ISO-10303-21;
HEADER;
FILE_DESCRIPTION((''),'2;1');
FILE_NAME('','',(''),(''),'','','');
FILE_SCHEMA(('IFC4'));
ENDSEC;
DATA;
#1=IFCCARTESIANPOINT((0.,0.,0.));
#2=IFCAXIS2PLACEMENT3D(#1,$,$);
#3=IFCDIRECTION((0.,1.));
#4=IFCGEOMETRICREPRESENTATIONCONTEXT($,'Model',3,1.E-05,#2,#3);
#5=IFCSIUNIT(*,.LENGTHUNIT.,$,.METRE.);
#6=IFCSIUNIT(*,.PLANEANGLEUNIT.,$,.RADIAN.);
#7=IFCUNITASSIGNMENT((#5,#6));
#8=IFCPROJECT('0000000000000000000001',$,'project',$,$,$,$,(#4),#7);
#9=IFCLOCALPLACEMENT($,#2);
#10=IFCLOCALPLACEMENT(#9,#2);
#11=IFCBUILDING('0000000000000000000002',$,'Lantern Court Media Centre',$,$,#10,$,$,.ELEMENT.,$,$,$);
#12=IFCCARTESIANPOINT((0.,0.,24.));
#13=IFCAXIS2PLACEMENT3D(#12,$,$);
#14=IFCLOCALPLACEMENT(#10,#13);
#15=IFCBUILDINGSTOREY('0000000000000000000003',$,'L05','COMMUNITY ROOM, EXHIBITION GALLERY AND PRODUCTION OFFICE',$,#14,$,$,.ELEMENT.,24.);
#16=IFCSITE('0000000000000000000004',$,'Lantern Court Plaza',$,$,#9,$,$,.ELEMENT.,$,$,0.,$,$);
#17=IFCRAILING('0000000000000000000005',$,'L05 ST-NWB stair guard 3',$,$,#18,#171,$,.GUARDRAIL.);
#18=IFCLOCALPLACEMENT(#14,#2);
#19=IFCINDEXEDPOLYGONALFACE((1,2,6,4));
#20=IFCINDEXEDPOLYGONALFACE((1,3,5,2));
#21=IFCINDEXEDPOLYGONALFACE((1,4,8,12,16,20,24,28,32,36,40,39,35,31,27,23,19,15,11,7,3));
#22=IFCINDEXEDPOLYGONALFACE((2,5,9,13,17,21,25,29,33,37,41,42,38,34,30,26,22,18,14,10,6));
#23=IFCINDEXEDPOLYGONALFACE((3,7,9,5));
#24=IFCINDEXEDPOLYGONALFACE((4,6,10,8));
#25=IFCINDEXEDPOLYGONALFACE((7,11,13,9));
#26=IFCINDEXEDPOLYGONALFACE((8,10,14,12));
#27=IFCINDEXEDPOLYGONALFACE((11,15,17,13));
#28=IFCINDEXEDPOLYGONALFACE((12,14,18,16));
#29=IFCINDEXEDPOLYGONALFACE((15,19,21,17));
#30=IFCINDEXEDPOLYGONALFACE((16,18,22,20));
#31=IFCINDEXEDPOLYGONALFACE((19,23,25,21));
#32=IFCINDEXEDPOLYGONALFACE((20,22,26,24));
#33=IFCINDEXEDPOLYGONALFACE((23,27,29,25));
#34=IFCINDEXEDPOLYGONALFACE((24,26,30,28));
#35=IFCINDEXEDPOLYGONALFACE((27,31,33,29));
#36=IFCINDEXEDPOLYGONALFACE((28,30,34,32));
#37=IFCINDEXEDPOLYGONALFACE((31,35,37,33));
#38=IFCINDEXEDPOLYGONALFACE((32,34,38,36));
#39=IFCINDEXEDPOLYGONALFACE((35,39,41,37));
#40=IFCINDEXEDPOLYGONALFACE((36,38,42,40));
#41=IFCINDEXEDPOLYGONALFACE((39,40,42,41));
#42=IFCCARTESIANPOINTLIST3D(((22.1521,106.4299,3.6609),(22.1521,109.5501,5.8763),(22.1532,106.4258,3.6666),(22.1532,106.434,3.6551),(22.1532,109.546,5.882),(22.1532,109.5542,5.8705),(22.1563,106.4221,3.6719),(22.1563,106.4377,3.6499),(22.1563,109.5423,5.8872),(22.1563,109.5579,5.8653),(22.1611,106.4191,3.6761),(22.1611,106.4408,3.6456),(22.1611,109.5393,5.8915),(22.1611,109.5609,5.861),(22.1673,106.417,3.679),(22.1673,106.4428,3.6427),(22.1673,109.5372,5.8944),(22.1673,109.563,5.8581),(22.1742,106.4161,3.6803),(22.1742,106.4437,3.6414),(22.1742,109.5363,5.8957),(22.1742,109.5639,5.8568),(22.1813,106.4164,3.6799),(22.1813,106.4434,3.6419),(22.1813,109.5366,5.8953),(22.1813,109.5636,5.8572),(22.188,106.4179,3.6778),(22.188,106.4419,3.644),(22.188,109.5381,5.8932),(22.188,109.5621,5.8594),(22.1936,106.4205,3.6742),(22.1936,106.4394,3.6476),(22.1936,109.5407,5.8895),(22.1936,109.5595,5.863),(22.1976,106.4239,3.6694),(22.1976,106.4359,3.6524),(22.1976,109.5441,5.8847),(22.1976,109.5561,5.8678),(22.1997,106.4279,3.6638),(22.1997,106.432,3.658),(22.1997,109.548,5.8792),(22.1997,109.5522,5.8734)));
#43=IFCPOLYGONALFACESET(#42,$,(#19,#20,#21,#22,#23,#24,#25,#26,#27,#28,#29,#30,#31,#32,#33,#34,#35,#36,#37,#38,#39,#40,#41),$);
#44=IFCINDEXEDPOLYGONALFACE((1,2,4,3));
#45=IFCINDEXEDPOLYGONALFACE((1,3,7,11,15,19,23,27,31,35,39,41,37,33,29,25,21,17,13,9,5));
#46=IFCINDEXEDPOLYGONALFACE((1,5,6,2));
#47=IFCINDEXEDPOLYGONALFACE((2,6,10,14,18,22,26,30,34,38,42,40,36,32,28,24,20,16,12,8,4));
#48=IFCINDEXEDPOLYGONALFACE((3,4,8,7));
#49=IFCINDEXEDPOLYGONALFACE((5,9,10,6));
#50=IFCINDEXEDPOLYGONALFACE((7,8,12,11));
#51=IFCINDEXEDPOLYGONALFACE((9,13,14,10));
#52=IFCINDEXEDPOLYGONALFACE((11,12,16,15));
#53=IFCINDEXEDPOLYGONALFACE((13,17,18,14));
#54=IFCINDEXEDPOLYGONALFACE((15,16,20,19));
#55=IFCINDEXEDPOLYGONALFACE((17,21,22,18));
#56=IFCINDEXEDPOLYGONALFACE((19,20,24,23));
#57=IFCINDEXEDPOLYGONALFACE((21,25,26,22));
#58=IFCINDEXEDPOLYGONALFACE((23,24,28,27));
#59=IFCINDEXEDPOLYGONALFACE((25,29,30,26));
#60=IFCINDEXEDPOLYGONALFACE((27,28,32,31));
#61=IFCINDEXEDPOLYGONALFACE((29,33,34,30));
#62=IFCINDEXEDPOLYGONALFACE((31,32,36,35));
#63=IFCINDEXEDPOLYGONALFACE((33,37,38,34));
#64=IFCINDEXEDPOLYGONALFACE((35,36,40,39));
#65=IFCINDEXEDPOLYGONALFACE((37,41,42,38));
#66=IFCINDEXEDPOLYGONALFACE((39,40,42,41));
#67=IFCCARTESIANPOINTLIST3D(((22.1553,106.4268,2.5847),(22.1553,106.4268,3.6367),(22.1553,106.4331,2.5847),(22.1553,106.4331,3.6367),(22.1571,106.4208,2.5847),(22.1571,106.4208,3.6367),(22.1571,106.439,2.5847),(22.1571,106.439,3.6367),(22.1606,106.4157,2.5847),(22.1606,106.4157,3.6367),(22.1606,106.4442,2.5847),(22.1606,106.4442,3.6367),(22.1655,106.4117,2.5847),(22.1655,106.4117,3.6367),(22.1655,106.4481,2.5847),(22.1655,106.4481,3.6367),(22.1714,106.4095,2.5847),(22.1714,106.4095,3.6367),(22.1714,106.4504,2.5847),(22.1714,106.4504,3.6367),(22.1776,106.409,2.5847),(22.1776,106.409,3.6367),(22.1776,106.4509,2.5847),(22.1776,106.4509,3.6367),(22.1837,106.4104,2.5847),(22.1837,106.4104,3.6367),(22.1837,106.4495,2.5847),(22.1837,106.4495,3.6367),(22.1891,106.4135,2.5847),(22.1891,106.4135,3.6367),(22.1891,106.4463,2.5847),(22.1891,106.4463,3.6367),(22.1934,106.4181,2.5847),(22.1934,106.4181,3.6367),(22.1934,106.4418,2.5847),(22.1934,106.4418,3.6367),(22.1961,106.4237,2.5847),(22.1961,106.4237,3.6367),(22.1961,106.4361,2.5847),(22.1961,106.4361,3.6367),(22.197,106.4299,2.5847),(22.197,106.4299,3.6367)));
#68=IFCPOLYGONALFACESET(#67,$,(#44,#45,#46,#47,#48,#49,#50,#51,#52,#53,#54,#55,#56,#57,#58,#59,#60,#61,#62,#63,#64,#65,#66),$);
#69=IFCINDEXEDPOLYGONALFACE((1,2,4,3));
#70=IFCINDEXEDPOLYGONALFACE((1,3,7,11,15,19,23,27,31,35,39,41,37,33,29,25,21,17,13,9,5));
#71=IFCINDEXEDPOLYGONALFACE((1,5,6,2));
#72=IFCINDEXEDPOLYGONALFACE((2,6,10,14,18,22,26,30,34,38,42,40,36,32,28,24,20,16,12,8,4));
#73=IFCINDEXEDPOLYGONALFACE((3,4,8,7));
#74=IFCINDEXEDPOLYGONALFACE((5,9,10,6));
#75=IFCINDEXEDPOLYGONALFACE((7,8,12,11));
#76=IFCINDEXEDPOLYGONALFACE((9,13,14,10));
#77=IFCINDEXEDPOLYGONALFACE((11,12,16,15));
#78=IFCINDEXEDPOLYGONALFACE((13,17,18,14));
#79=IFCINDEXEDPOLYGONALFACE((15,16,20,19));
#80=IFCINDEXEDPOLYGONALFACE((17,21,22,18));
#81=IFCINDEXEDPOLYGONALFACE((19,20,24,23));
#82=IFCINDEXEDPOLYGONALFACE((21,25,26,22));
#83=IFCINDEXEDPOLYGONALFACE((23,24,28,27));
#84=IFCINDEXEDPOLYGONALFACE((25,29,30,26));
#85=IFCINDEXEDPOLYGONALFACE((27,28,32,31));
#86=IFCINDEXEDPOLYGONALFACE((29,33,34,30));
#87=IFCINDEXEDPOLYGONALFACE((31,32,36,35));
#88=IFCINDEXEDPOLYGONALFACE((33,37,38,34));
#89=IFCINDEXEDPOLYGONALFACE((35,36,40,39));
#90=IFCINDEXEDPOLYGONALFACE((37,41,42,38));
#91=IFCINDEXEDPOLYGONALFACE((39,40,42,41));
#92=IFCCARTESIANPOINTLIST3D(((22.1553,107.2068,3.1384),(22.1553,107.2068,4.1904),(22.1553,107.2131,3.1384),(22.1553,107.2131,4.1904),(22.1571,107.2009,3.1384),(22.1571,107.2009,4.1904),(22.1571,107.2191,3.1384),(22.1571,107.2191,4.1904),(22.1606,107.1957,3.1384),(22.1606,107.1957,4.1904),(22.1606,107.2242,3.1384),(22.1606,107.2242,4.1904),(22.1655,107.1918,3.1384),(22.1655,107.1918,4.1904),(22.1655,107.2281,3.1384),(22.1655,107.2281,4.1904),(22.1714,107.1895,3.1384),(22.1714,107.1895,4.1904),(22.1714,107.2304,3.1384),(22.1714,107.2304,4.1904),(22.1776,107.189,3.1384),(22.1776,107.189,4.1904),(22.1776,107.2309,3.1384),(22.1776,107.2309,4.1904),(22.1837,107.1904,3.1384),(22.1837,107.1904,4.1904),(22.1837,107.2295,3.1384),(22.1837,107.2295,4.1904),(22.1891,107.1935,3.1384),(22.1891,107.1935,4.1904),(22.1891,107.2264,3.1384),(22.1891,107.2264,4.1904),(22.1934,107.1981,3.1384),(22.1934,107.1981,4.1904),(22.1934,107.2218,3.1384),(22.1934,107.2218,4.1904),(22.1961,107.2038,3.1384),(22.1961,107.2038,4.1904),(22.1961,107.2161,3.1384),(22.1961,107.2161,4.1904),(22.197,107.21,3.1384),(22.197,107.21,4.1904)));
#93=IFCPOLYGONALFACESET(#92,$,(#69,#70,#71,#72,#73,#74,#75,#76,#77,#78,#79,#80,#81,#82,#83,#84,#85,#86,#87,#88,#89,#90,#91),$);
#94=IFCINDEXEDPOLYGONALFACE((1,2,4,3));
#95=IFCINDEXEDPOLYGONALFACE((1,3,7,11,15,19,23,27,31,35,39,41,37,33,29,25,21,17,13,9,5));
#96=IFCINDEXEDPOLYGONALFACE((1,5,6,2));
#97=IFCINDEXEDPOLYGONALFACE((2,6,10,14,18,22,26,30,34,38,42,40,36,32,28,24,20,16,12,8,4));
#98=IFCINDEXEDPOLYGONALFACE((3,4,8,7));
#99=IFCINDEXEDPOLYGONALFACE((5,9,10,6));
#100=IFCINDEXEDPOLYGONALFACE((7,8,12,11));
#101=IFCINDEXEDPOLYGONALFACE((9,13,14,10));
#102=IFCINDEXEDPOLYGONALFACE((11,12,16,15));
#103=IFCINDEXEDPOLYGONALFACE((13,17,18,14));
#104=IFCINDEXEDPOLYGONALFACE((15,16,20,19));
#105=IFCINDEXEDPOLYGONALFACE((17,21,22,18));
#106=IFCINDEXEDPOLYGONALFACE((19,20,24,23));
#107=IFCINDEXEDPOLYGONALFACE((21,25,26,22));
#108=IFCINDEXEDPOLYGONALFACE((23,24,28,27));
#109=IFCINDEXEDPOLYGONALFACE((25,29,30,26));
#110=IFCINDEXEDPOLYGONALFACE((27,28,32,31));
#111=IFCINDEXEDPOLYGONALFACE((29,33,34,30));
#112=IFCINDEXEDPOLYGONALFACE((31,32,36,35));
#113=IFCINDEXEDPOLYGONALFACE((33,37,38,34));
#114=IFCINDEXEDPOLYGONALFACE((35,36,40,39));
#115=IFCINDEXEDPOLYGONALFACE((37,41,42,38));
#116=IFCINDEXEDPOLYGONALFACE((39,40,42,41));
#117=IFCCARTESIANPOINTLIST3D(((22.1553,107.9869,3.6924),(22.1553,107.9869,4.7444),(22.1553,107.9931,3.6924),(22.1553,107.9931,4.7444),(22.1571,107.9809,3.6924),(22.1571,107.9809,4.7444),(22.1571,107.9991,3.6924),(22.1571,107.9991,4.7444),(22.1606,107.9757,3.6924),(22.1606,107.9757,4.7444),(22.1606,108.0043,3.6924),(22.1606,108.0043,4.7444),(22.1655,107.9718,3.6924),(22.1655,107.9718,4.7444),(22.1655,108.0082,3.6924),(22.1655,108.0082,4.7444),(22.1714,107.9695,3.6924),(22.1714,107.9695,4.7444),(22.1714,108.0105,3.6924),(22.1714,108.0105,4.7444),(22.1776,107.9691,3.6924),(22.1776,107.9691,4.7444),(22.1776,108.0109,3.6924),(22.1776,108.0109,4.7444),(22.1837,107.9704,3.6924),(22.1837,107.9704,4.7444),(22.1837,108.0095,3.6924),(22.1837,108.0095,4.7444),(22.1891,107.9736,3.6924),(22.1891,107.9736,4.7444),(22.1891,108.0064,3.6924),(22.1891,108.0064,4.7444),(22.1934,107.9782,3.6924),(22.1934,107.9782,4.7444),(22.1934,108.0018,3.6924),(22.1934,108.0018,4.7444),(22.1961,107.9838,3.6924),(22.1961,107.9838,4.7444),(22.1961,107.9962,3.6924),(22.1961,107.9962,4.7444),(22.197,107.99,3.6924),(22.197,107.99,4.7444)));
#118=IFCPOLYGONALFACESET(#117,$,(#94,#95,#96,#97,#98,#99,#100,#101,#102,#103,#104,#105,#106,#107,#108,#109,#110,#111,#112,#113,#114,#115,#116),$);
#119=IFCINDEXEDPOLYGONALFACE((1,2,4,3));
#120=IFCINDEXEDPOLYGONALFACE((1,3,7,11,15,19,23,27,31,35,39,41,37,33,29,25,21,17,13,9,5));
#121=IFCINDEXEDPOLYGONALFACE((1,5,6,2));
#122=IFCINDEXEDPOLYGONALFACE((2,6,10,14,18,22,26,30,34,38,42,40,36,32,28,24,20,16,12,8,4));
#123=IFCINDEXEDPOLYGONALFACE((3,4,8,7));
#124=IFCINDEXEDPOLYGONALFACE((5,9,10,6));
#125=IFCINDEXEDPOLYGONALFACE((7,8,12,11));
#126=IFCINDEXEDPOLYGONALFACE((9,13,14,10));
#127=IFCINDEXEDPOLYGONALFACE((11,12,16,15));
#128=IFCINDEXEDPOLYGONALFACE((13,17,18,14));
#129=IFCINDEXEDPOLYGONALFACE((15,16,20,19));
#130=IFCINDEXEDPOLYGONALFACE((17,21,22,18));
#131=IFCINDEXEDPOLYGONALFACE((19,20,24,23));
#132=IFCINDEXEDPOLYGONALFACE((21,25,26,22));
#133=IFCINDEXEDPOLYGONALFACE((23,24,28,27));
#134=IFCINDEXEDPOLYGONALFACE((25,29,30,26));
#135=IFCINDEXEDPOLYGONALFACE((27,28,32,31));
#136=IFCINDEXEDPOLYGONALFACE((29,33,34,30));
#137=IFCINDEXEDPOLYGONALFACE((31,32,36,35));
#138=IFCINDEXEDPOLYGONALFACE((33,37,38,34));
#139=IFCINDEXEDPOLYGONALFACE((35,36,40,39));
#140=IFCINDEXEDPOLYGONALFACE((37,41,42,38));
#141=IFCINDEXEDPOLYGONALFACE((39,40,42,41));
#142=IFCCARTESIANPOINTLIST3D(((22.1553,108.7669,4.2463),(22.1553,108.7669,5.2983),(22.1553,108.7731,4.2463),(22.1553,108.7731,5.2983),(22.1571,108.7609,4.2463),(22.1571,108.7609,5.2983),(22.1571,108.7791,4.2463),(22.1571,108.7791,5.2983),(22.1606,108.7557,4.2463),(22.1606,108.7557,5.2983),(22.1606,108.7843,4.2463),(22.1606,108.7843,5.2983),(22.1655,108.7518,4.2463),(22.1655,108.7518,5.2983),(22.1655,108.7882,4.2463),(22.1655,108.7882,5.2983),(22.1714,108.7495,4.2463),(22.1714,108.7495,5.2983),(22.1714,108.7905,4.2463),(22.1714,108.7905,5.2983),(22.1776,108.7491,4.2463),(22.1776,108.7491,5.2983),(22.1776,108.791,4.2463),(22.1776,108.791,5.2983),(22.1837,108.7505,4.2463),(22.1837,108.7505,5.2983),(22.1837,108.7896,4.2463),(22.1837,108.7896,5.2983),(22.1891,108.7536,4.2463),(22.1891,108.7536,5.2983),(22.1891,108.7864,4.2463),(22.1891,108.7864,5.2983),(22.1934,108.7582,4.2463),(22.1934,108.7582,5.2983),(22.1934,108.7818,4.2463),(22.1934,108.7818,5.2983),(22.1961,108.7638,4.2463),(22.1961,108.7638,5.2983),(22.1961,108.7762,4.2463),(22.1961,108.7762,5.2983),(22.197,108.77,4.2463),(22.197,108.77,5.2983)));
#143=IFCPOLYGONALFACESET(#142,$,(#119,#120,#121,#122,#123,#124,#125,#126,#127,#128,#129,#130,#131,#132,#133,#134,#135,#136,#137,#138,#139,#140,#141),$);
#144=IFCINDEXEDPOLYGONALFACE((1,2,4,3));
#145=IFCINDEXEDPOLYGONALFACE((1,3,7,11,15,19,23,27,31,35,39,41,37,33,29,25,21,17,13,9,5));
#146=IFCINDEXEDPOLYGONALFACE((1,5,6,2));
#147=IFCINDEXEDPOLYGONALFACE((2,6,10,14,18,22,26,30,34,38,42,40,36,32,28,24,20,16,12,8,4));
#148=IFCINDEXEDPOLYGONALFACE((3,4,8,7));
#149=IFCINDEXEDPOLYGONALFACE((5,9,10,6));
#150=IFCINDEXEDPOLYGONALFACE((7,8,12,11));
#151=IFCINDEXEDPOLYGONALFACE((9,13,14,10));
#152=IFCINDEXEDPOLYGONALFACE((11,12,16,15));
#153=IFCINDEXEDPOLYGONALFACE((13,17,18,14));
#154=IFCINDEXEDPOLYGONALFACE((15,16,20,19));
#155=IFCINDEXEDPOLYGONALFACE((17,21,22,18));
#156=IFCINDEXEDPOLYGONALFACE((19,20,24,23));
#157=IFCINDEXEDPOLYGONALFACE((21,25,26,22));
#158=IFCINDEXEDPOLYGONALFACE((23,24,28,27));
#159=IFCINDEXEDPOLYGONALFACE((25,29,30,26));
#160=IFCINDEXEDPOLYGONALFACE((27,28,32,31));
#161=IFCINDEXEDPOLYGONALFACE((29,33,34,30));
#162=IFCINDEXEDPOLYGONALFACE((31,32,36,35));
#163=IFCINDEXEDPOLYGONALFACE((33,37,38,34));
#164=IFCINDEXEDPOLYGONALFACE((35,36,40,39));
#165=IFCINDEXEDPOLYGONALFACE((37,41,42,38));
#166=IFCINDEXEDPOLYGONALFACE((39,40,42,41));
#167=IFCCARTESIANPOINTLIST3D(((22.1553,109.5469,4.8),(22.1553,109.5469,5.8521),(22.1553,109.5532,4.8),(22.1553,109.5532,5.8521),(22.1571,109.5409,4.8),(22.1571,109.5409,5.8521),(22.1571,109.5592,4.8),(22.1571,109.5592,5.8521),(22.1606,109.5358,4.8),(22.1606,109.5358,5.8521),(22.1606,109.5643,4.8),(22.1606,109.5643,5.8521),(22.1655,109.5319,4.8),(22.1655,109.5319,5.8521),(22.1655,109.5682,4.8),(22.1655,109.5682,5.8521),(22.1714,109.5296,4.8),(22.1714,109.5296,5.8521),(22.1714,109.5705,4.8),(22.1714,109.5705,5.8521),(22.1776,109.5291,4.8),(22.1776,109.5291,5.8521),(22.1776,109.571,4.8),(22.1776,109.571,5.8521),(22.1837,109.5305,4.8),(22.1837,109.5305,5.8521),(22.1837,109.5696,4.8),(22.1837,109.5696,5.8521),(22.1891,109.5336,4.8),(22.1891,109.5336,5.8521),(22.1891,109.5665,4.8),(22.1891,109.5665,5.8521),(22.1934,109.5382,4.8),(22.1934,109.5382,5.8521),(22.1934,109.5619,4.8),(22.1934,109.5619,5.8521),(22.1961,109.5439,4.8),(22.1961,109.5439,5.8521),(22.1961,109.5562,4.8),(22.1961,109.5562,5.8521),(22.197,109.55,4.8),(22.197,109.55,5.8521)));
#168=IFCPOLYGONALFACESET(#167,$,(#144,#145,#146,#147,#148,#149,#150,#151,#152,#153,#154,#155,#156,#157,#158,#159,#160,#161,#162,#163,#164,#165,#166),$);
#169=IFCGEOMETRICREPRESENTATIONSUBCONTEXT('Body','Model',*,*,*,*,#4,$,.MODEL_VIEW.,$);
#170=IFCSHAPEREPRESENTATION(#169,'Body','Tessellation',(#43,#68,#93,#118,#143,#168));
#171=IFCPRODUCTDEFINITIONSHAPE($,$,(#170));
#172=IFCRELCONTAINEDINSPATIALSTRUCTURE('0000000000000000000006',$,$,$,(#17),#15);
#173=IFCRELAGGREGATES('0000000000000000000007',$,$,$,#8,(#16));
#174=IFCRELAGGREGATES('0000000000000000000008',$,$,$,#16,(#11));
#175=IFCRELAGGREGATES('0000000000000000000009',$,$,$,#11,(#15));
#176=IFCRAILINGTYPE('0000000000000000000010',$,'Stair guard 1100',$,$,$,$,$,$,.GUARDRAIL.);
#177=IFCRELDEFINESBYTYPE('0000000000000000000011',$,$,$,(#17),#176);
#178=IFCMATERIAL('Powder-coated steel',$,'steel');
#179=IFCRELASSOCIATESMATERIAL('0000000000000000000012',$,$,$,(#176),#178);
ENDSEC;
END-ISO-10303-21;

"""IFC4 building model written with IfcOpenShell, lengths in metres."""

from ifc_helpers import new_model, si_unit, direction, frame, origin, origin_2d, place, context, subcontext, project, spatial, circle, extrude, material, type_object, element, save


model = new_model("IFC4")

# Units and contexts
model_context = context("Model", 3, precision=1e-05, world=origin(), true_north=direction((0.0, 1.0)))
body_context = subcontext(model_context, "Body", "Model", "MODEL_VIEW")
ifc_project = project(units=[si_unit("LENGTHUNIT", "METRE"), si_unit("PLANEANGLEUNIT", "RADIAN")], contexts=[model_context])

# Site, building, storey
site_placement = place(None, origin())
site = spatial("IfcSite", under=ifc_project, at=site_placement, Name="Lantern Court Plaza", CompositionType="ELEMENT", RefElevation=0.0)
building_placement = place(site_placement, origin())
building = spatial("IfcBuilding", under=site, at=building_placement, Name="Lantern Court Media Centre", CompositionType="ELEMENT")
storey_placement = place(building_placement, frame((0.0, 0.0, 24.0)))
storey = spatial("IfcBuildingStorey", under=building, at=storey_placement, Name="L05", Description="COMMUNITY ROOM, EXHIBITION GALLERY AND PRODUCTION OFFICE", CompositionType="ELEMENT", Elevation=24.0)

# Shared definitions
ifc_material_1 = material(Name="Powder-coated steel", Category="steel")

# Railing
railing_type_1 = type_object("IfcRailingType", Name="Stair guard 1100", PredefinedType="GUARDRAIL", material=ifc_material_1)
railing_1_placement = place(storey_placement, frame((22.176, 106.4299, 2.5847)))
element("IfcRailing", 1, at=railing_1_placement, inside=storey, type_object=railing_type_1, Name="L05 ST-NWB stair guard 3", PredefinedType="GUARDRAIL", context=body_context, shape_type="SweptSolid", body=[
    extrude(circle(Radius=0.0239, at=origin_2d()), frame((0.0, 0.0, 1.0762), z_axis=(0.0, 0.815377, 0.57893), x_axis=(-1.0, 0.0, 0.0)), (0.0, 0.0, 1.0), 3.8267),
    extrude(circle(Radius=0.021, at=origin_2d()), origin(), (0.0, 0.0, 1.0), 1.052),
    extrude(circle(Radius=0.021, at=origin_2d()), frame((0.0, 0.78, 0.5537)), (0.0, 0.0, 1.0), 1.052),
    extrude(circle(Radius=0.021, at=origin_2d()), frame((0.0, 1.5601, 1.1077)), (0.0, 0.0, 1.0), 1.052),
    extrude(circle(Radius=0.021, at=origin_2d()), frame((0.0, 2.3401, 1.6616)), (0.0, 0.0, 1.0), 1.052),
    extrude(circle(Radius=0.021, at=origin_2d()), frame((0.0, 3.1201, 2.2153)), (0.0, 0.0, 1.0), 1.052),
])

save(model, "model.ifc")
